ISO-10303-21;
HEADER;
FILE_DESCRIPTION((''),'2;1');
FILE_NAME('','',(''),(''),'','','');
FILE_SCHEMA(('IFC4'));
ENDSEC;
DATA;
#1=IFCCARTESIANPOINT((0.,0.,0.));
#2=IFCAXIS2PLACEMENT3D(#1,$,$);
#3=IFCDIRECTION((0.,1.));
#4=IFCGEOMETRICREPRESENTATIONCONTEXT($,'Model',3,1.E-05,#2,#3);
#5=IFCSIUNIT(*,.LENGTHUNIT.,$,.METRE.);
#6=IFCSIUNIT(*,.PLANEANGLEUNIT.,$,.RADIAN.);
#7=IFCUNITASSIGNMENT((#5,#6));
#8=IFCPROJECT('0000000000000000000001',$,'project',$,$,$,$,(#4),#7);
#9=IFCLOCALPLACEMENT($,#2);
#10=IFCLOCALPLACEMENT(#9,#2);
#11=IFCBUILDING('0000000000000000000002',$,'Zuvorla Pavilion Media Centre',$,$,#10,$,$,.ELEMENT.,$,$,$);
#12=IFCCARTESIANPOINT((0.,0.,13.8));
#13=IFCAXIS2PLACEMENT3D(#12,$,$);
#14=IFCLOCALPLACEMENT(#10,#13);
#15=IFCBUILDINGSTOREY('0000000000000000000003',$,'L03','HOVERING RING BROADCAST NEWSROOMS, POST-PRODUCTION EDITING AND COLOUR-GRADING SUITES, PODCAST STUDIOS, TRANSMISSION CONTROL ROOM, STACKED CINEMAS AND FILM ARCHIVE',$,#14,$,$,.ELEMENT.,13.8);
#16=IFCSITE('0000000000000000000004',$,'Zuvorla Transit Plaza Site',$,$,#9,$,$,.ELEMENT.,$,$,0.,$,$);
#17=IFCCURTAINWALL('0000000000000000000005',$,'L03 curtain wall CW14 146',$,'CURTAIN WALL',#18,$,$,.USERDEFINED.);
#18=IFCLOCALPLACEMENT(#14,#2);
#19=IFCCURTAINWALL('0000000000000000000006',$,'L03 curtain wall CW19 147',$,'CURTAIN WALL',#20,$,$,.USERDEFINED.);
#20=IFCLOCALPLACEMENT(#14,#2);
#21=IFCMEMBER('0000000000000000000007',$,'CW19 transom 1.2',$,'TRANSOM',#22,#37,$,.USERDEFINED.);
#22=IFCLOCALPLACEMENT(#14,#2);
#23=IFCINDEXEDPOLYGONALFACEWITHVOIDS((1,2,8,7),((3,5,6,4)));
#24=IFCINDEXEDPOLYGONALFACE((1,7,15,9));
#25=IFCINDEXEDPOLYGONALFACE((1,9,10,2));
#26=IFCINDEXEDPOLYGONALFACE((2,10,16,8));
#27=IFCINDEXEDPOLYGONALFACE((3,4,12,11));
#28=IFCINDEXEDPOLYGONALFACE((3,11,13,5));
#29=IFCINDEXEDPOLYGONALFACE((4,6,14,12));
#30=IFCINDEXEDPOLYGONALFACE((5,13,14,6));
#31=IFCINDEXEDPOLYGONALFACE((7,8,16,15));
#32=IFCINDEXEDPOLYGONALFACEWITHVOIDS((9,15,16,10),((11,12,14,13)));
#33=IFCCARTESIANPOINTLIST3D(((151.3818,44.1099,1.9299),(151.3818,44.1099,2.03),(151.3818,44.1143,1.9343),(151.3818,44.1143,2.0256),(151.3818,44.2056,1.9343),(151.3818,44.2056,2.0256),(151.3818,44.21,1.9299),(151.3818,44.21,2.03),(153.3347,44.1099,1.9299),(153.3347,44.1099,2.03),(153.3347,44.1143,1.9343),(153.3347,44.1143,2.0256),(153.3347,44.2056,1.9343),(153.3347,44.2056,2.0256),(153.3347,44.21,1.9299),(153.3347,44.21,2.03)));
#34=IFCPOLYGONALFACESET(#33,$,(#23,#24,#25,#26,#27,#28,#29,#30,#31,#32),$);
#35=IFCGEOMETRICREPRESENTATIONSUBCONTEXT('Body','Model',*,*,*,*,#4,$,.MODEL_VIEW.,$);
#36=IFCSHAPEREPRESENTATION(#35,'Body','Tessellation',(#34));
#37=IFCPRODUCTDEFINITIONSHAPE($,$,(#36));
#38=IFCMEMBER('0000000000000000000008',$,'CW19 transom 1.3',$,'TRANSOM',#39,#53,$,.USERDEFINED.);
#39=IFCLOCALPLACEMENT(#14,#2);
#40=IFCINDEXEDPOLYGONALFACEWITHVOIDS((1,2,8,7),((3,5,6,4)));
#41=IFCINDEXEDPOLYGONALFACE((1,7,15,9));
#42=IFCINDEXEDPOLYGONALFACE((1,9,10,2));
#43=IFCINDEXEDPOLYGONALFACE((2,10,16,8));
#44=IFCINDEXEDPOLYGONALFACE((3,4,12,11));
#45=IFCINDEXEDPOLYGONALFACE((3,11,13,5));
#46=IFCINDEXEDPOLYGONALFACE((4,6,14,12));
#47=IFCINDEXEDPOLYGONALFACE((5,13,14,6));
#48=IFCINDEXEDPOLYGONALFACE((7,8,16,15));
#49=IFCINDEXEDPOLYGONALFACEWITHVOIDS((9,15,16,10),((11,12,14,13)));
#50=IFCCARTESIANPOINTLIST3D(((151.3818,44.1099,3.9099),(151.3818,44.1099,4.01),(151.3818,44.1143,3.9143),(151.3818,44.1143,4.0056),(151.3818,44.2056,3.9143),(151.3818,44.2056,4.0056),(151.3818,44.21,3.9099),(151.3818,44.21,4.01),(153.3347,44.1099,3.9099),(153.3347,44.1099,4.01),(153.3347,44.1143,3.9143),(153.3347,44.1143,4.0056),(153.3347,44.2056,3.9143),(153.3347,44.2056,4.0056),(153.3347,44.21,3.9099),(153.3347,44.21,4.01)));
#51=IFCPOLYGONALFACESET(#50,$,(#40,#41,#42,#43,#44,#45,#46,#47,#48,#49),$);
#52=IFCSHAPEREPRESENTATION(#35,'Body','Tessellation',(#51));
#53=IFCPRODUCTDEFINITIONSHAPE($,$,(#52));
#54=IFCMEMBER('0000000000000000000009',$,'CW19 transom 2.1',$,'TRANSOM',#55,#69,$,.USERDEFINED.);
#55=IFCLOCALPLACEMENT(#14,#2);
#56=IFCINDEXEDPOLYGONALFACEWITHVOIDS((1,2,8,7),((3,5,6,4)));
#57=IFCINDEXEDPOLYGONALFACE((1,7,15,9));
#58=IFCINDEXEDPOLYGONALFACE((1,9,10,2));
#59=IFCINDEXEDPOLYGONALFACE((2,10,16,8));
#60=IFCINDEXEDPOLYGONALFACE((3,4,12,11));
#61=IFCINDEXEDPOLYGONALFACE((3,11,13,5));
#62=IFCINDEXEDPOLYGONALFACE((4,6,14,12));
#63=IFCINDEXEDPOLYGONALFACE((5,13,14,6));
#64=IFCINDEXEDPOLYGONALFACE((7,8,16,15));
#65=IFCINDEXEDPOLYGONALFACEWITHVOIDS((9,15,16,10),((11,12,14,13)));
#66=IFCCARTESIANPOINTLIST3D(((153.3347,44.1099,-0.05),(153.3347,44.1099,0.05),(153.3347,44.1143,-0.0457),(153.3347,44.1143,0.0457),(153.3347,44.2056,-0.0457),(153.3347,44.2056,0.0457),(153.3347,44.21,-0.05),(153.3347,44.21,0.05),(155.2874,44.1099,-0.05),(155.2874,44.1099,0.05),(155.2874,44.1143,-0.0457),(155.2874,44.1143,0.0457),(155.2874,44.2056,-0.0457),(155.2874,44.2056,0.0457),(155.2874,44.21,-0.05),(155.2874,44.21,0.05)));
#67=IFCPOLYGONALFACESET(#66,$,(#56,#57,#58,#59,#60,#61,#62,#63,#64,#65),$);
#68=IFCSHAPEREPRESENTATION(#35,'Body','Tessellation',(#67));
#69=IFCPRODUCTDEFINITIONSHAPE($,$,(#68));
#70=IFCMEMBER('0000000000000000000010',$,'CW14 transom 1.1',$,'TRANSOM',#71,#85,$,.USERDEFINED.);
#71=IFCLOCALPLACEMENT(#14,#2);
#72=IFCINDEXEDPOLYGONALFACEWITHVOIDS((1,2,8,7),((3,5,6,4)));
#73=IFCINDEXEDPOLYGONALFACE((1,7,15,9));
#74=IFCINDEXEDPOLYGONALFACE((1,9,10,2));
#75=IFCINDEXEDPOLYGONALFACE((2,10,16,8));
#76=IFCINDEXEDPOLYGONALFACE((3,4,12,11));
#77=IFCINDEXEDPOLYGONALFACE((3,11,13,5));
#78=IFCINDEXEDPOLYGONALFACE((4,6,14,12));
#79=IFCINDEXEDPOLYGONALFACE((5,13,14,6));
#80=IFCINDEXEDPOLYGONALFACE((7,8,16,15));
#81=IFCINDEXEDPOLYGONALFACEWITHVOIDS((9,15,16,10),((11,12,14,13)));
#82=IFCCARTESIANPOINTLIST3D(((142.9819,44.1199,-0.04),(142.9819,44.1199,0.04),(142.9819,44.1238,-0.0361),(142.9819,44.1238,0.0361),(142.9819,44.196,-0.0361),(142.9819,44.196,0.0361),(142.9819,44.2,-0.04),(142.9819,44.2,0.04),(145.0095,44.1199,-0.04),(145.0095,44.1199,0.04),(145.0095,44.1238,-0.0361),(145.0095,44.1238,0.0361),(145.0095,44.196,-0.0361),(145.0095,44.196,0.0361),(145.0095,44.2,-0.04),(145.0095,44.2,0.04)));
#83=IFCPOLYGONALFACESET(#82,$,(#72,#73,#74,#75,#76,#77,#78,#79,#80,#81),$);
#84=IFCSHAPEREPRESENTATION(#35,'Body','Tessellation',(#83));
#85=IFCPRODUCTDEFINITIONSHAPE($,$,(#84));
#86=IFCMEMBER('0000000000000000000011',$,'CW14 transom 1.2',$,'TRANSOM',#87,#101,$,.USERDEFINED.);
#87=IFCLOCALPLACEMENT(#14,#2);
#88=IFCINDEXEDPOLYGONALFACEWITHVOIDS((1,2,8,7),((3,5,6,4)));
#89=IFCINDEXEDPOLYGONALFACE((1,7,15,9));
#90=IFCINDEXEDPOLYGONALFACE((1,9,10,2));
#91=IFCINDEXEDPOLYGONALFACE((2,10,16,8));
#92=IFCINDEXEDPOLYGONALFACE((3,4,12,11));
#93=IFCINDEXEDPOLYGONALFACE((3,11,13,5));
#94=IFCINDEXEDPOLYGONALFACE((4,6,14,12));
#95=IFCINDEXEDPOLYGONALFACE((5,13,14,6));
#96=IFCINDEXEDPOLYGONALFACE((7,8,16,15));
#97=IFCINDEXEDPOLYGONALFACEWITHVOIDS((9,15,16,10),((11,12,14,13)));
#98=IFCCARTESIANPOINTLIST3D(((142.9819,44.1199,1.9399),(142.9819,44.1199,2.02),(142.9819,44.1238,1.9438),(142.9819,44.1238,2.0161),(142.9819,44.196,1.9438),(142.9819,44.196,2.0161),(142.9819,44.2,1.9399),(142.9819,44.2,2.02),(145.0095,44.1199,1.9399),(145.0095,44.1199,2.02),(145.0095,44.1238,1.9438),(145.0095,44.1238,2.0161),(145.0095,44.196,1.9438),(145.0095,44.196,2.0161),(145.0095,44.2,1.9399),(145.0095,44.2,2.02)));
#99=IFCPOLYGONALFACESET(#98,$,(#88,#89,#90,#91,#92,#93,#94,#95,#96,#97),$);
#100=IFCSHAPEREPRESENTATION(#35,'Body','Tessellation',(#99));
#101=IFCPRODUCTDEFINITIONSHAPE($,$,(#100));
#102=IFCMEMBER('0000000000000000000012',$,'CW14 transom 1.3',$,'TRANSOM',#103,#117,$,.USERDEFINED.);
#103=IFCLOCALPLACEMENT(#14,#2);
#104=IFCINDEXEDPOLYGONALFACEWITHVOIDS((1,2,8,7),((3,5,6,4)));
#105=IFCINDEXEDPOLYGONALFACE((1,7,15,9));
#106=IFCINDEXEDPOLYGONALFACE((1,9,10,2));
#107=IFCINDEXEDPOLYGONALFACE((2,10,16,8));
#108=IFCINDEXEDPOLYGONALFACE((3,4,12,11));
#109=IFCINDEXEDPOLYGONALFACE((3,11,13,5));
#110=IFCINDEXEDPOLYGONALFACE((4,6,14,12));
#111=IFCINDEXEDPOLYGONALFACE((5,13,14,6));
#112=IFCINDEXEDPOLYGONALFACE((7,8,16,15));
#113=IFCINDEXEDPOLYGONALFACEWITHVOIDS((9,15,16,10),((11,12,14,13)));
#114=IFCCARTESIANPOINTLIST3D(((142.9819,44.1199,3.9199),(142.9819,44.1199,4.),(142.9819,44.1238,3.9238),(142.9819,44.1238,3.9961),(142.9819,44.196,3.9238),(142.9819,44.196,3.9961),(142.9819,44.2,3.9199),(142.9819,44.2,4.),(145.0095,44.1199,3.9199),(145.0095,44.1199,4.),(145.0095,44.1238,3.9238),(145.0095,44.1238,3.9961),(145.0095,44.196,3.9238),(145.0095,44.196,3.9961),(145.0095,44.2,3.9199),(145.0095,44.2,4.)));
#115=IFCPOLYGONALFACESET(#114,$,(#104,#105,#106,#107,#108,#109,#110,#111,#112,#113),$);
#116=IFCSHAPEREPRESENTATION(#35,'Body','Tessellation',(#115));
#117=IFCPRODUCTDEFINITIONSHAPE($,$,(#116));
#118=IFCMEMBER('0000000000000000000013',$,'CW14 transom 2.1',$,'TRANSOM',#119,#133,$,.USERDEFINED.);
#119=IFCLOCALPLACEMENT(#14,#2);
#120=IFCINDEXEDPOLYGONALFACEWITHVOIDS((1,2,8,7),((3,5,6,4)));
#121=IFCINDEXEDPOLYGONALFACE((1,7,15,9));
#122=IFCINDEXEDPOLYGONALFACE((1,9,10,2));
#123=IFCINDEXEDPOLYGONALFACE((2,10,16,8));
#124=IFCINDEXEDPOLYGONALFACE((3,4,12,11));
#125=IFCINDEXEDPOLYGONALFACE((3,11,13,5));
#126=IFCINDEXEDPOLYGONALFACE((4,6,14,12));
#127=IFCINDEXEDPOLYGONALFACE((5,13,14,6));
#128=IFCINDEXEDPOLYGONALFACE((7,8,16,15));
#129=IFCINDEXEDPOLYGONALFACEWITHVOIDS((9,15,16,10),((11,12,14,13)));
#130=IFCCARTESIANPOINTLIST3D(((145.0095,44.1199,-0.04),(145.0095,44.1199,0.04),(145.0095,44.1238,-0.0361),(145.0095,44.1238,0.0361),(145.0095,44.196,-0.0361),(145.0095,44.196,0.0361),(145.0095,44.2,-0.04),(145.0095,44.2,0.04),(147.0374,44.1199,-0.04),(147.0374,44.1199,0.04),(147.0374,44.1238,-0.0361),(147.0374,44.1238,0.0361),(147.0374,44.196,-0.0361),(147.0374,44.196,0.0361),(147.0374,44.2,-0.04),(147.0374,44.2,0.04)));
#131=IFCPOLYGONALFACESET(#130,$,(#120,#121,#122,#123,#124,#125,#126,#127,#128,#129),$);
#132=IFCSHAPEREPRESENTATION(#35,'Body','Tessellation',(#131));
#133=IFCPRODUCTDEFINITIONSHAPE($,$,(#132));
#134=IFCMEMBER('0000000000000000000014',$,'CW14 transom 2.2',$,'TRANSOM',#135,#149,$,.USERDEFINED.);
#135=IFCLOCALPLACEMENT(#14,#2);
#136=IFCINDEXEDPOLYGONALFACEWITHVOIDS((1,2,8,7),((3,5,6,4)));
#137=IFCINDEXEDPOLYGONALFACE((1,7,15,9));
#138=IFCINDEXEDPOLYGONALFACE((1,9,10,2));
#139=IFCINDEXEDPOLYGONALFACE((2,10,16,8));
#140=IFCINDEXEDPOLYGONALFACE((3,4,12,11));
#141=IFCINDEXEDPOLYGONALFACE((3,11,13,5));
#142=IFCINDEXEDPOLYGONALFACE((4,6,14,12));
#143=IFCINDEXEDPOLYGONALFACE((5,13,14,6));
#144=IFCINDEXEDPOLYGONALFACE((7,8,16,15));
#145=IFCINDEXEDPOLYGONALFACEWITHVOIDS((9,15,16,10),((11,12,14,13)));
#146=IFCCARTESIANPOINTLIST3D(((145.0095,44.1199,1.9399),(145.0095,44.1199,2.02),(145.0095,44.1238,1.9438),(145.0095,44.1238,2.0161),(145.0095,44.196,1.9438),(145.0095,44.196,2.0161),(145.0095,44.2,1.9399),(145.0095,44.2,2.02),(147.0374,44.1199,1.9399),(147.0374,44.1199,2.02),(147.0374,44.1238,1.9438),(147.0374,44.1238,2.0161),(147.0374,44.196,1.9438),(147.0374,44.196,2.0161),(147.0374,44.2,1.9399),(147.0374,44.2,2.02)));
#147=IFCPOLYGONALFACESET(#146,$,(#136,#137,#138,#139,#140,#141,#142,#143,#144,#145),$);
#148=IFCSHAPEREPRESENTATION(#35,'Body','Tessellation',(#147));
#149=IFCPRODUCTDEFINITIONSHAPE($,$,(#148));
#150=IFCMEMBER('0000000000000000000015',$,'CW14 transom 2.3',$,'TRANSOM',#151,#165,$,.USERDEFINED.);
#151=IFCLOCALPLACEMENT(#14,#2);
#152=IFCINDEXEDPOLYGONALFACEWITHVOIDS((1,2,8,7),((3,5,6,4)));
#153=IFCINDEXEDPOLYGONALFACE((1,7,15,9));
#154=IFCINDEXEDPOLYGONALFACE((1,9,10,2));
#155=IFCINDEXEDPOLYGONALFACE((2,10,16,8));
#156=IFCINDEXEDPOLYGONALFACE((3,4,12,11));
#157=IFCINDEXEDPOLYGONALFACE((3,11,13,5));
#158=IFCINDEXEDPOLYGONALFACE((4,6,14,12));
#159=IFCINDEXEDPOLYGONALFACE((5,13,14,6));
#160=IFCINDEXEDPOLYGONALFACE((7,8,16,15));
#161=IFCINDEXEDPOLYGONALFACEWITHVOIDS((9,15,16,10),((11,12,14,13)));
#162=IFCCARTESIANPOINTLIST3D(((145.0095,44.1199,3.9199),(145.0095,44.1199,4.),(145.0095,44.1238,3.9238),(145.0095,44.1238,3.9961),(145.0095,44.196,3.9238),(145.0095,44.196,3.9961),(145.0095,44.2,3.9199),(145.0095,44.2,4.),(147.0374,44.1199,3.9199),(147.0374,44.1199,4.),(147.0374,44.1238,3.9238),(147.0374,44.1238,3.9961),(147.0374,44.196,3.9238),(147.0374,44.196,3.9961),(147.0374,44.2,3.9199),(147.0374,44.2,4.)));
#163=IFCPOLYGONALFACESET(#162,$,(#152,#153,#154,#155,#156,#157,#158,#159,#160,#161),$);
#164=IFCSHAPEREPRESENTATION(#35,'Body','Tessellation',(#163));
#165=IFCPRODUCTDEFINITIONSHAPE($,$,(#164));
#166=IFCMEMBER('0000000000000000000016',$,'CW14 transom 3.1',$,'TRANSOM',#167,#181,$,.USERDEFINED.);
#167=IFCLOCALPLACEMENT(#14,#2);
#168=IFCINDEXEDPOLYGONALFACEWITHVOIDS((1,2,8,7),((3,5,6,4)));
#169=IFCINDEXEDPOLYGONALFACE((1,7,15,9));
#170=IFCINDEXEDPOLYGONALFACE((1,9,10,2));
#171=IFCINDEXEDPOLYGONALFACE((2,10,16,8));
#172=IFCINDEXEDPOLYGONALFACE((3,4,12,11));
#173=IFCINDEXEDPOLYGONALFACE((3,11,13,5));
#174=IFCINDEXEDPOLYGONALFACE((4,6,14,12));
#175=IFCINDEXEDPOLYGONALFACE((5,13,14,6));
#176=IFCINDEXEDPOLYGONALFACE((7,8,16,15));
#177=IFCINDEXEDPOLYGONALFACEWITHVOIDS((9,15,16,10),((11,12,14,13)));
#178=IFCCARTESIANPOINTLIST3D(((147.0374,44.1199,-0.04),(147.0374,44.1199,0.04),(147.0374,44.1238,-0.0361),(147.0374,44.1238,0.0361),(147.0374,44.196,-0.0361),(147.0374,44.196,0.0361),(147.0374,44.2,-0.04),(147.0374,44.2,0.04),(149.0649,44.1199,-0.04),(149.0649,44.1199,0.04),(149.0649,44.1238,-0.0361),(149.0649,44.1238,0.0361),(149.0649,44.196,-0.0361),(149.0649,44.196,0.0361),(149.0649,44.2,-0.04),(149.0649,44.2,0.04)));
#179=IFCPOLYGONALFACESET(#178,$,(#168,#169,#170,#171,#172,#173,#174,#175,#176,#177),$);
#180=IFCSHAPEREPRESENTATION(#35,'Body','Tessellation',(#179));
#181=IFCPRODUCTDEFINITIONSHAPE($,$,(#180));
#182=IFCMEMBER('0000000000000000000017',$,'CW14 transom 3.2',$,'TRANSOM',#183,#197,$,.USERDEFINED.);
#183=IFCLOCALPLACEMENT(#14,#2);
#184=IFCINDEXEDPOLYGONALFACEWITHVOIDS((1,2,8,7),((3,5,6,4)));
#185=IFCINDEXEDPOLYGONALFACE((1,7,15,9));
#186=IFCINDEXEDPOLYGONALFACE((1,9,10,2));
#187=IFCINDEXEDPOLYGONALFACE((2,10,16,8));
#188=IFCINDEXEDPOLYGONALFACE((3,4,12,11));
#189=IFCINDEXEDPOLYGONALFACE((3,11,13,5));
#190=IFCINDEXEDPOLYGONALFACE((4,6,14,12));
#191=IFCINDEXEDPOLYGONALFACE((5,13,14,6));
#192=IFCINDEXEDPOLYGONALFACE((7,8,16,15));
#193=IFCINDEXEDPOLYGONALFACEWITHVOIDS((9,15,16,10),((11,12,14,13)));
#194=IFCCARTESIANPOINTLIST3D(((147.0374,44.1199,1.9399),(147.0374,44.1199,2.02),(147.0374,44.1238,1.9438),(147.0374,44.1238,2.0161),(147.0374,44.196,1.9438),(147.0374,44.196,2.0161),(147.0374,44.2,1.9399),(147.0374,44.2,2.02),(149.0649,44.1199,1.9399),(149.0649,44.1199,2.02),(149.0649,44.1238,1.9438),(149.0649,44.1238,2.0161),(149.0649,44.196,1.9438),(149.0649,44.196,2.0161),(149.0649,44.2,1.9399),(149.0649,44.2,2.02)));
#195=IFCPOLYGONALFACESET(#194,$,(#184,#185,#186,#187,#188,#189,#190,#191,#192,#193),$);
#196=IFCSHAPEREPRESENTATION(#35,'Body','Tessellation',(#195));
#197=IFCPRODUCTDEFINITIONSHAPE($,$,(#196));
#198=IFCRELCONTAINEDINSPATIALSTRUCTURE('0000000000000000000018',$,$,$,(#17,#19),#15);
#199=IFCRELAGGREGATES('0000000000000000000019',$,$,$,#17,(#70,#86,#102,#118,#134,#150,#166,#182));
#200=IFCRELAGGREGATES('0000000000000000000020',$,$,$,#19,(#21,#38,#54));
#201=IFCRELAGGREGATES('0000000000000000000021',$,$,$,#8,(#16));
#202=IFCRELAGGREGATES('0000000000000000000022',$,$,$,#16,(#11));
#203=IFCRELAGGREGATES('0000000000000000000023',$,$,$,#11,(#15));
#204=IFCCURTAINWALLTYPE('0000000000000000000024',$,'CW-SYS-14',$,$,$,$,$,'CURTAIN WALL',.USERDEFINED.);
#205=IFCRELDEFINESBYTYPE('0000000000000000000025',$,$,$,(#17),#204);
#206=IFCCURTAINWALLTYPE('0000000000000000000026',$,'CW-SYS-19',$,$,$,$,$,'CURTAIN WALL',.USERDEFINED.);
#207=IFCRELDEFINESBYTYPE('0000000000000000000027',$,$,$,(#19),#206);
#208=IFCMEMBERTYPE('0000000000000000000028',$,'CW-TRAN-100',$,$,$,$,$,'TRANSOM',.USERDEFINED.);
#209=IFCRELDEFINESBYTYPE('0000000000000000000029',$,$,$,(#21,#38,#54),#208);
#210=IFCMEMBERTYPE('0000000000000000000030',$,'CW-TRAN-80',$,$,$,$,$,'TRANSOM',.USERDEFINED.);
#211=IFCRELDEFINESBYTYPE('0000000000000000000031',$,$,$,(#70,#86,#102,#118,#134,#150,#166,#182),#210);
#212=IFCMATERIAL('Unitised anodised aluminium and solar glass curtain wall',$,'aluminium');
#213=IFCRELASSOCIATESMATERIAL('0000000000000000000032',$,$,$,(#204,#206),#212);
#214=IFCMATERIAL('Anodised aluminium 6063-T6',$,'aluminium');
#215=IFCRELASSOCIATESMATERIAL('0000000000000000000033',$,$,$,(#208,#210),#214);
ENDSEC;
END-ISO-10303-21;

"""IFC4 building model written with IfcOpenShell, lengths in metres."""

from ifc_helpers import new_model, si_unit, direction, frame, origin, origin_2d, place, context, subcontext, project, spatial, hollow_rectangle, extrude, material, material_profile, profile_set, type_object, element, aggregate, save


model = new_model("IFC4")

# Units and contexts
model_context = context("Model", 3, precision=1e-05, world=origin(), true_north=direction((0.0, 1.0)))
body_context = subcontext(model_context, "Body", "Model", "MODEL_VIEW")
ifc_project = project(units=[si_unit("LENGTHUNIT", "METRE"), si_unit("PLANEANGLEUNIT", "RADIAN")], contexts=[model_context])

# Site, building, storey
site_placement = place(None, origin())
site = spatial("IfcSite", under=ifc_project, at=site_placement, Name="Zuvorla Transit Plaza Site", CompositionType="ELEMENT", RefElevation=0.0)
building_placement = place(site_placement, origin())
building = spatial("IfcBuilding", under=site, at=building_placement, Name="Zuvorla Pavilion Media Centre", CompositionType="ELEMENT")
storey_placement = place(building_placement, frame((0.0, 0.0, 13.8)))
storey = spatial("IfcBuildingStorey", under=building, at=storey_placement, Name="L03", Description="HOVERING RING BROADCAST NEWSROOMS, POST-PRODUCTION EDITING AND COLOUR-GRADING SUITES, PODCAST STUDIOS, TRANSMISSION CONTROL ROOM, STACKED CINEMAS AND FILM ARCHIVE", CompositionType="ELEMENT", Elevation=13.8)

# Curtain wall
ifc_material_1 = material(Name="Unitised anodised aluminium and solar glass curtain wall", Category="aluminium")
curtain_wall_type_1 = type_object("IfcCurtainWallType", Name="CW-SYS-14", ElementType="CURTAIN WALL", PredefinedType="USERDEFINED", material=ifc_material_1)
curtain_wall_1_placement = place(storey_placement, origin())
curtain_wall_1 = element("IfcCurtainWall", 1, at=curtain_wall_1_placement, inside=storey, type_object=curtain_wall_type_1, Name="L03 curtain wall CW14 146", ObjectType="CURTAIN WALL", PredefinedType="USERDEFINED")
ifc_material_2 = material(Name="Anodised aluminium 6063-T6", Category="aluminium")

# Curtain wall
curtain_wall_type_2 = type_object("IfcCurtainWallType", Name="CW-SYS-19", ElementType="CURTAIN WALL", PredefinedType="USERDEFINED", material=ifc_material_1)
curtain_wall_2_placement = place(storey_placement, origin())
curtain_wall_2 = element("IfcCurtainWall", 2, at=curtain_wall_2_placement, inside=storey, type_object=curtain_wall_type_2, Name="L03 curtain wall CW19 147", ObjectType="CURTAIN WALL", PredefinedType="USERDEFINED")

# Members
ifc_material_profile_1 = material_profile(ifc_material_2, hollow_rectangle(XDim=0.1001, YDim=0.1001, WallThickness=0.0044, at=origin_2d()), Name="ALU TRAN 100x100")
ifc_profile_set_1 = profile_set([ifc_material_profile_1], Name="Anodised aluminium 6063-T6")
member_type_1 = type_object("IfcMemberType", Name="CW-TRAN-100", ElementType="TRANSOM", PredefinedType="USERDEFINED", material=ifc_profile_set_1)
member_1_placement = place(storey_placement, frame((151.3818, 44.1599, 1.98), z_axis=(1.0, 0.0, 0.0), x_axis=(0.0, 1.0, 0.0)))
member_1 = element("IfcMember", 3, at=member_1_placement, type_object=member_type_1, Name="CW19 transom 1.2", ObjectType="TRANSOM", PredefinedType="USERDEFINED", context=body_context, shape_type="SweptSolid", body=[
    extrude(hollow_rectangle(XDim=0.1001, YDim=0.1001, WallThickness=0.0044, at=origin_2d()), origin(), (0.0, 0.0, 1.0), 1.9529),
])
member_2_placement = place(storey_placement, frame((151.3818, 44.1599, 3.96), z_axis=(1.0, 0.0, 0.0), x_axis=(0.0, 1.0, 0.0)))
member_2 = element("IfcMember", 4, at=member_2_placement, type_object=member_type_1, Name="CW19 transom 1.3", ObjectType="TRANSOM", PredefinedType="USERDEFINED", context=body_context, shape_type="SweptSolid", body=[
    extrude(hollow_rectangle(XDim=0.1001, YDim=0.1001, WallThickness=0.0044, at=origin_2d()), origin(), (0.0, 0.0, 1.0), 1.9529),
])
member_3_placement = place(storey_placement, frame((153.3347, 44.1599, 0.0), z_axis=(1.0, 0.0, 0.0), x_axis=(0.0, 1.0, 0.0)))
member_3 = element("IfcMember", 5, at=member_3_placement, type_object=member_type_1, Name="CW19 transom 2.1", ObjectType="TRANSOM", PredefinedType="USERDEFINED", context=body_context, shape_type="SweptSolid", body=[
    extrude(hollow_rectangle(XDim=0.1001, YDim=0.1001, WallThickness=0.0044, at=origin_2d()), origin(), (0.0, 0.0, 1.0), 1.9526),
])
ifc_material_profile_2 = material_profile(ifc_material_2, hollow_rectangle(XDim=0.0801, YDim=0.0801, WallThickness=0.0039, at=origin_2d()), Name="ALU TRAN 80x80")
ifc_profile_set_2 = profile_set([ifc_material_profile_2], Name="Anodised aluminium 6063-T6")
member_type_2 = type_object("IfcMemberType", Name="CW-TRAN-80", ElementType="TRANSOM", PredefinedType="USERDEFINED", material=ifc_profile_set_2)
member_4_placement = place(storey_placement, frame((142.9819, 44.1599, 0.0), z_axis=(1.0, 0.0, 0.0), x_axis=(0.0, 1.0, 0.0)))
member_4 = element("IfcMember", 6, at=member_4_placement, type_object=member_type_2, Name="CW14 transom 1.1", ObjectType="TRANSOM", PredefinedType="USERDEFINED", context=body_context, shape_type="SweptSolid", body=[
    extrude(hollow_rectangle(XDim=0.0801, YDim=0.0801, WallThickness=0.0039, at=origin_2d()), origin(), (0.0, 0.0, 1.0), 2.0276),
])
member_5_placement = place(storey_placement, frame((142.9819, 44.1599, 1.98), z_axis=(1.0, 0.0, 0.0), x_axis=(0.0, 1.0, 0.0)))
member_5 = element("IfcMember", 7, at=member_5_placement, type_object=member_type_2, Name="CW14 transom 1.2", ObjectType="TRANSOM", PredefinedType="USERDEFINED", context=body_context, shape_type="SweptSolid", body=[
    extrude(hollow_rectangle(XDim=0.0801, YDim=0.0801, WallThickness=0.0039, at=origin_2d()), origin(), (0.0, 0.0, 1.0), 2.0276),
])
member_6_placement = place(storey_placement, frame((142.9819, 44.1599, 3.96), z_axis=(1.0, 0.0, 0.0), x_axis=(0.0, 1.0, 0.0)))
member_6 = element("IfcMember", 8, at=member_6_placement, type_object=member_type_2, Name="CW14 transom 1.3", ObjectType="TRANSOM", PredefinedType="USERDEFINED", context=body_context, shape_type="SweptSolid", body=[
    extrude(hollow_rectangle(XDim=0.0801, YDim=0.0801, WallThickness=0.0039, at=origin_2d()), origin(), (0.0, 0.0, 1.0), 2.0276),
])
member_7_placement = place(storey_placement, frame((145.0095, 44.1599, 0.0), z_axis=(1.0, 0.0, 0.0), x_axis=(0.0, 1.0, 0.0)))
member_7 = element("IfcMember", 9, at=member_7_placement, type_object=member_type_2, Name="CW14 transom 2.1", ObjectType="TRANSOM", PredefinedType="USERDEFINED", context=body_context, shape_type="SweptSolid", body=[
    extrude(hollow_rectangle(XDim=0.0801, YDim=0.0801, WallThickness=0.0039, at=origin_2d()), origin(), (0.0, 0.0, 1.0), 2.0278),
])
member_8_placement = place(storey_placement, frame((145.0095, 44.1599, 1.98), z_axis=(1.0, 0.0, 0.0), x_axis=(0.0, 1.0, 0.0)))
member_8 = element("IfcMember", 10, at=member_8_placement, type_object=member_type_2, Name="CW14 transom 2.2", ObjectType="TRANSOM", PredefinedType="USERDEFINED", context=body_context, shape_type="SweptSolid", body=[
    extrude(hollow_rectangle(XDim=0.0801, YDim=0.0801, WallThickness=0.0039, at=origin_2d()), origin(), (0.0, 0.0, 1.0), 2.0278),
])
member_9_placement = place(storey_placement, frame((145.0095, 44.1599, 3.96), z_axis=(1.0, 0.0, 0.0), x_axis=(0.0, 1.0, 0.0)))
member_9 = element("IfcMember", 11, at=member_9_placement, type_object=member_type_2, Name="CW14 transom 2.3", ObjectType="TRANSOM", PredefinedType="USERDEFINED", context=body_context, shape_type="SweptSolid", body=[
    extrude(hollow_rectangle(XDim=0.0801, YDim=0.0801, WallThickness=0.0039, at=origin_2d()), origin(), (0.0, 0.0, 1.0), 2.0278),
])
member_10_placement = place(storey_placement, frame((147.0374, 44.1599, 0.0), z_axis=(1.0, 0.0, 0.0), x_axis=(0.0, 1.0, 0.0)))
member_10 = element("IfcMember", 12, at=member_10_placement, type_object=member_type_2, Name="CW14 transom 3.1", ObjectType="TRANSOM", PredefinedType="USERDEFINED", context=body_context, shape_type="SweptSolid", body=[
    extrude(hollow_rectangle(XDim=0.0801, YDim=0.0801, WallThickness=0.0039, at=origin_2d()), origin(), (0.0, 0.0, 1.0), 2.0276),
])
member_11_placement = place(storey_placement, frame((147.0374, 44.1599, 1.98), z_axis=(1.0, 0.0, 0.0), x_axis=(0.0, 1.0, 0.0)))
member_11 = element("IfcMember", 13, at=member_11_placement, type_object=member_type_2, Name="CW14 transom 3.2", ObjectType="TRANSOM", PredefinedType="USERDEFINED", context=body_context, shape_type="SweptSolid", body=[
    extrude(hollow_rectangle(XDim=0.0801, YDim=0.0801, WallThickness=0.0039, at=origin_2d()), origin(), (0.0, 0.0, 1.0), 2.0276),
])

aggregate(curtain_wall_1, [member_4, member_5, member_6, member_7, member_8, member_9, member_10, member_11])
aggregate(curtain_wall_2, [member_1, member_2, member_3])

save(model, "model.ifc")
